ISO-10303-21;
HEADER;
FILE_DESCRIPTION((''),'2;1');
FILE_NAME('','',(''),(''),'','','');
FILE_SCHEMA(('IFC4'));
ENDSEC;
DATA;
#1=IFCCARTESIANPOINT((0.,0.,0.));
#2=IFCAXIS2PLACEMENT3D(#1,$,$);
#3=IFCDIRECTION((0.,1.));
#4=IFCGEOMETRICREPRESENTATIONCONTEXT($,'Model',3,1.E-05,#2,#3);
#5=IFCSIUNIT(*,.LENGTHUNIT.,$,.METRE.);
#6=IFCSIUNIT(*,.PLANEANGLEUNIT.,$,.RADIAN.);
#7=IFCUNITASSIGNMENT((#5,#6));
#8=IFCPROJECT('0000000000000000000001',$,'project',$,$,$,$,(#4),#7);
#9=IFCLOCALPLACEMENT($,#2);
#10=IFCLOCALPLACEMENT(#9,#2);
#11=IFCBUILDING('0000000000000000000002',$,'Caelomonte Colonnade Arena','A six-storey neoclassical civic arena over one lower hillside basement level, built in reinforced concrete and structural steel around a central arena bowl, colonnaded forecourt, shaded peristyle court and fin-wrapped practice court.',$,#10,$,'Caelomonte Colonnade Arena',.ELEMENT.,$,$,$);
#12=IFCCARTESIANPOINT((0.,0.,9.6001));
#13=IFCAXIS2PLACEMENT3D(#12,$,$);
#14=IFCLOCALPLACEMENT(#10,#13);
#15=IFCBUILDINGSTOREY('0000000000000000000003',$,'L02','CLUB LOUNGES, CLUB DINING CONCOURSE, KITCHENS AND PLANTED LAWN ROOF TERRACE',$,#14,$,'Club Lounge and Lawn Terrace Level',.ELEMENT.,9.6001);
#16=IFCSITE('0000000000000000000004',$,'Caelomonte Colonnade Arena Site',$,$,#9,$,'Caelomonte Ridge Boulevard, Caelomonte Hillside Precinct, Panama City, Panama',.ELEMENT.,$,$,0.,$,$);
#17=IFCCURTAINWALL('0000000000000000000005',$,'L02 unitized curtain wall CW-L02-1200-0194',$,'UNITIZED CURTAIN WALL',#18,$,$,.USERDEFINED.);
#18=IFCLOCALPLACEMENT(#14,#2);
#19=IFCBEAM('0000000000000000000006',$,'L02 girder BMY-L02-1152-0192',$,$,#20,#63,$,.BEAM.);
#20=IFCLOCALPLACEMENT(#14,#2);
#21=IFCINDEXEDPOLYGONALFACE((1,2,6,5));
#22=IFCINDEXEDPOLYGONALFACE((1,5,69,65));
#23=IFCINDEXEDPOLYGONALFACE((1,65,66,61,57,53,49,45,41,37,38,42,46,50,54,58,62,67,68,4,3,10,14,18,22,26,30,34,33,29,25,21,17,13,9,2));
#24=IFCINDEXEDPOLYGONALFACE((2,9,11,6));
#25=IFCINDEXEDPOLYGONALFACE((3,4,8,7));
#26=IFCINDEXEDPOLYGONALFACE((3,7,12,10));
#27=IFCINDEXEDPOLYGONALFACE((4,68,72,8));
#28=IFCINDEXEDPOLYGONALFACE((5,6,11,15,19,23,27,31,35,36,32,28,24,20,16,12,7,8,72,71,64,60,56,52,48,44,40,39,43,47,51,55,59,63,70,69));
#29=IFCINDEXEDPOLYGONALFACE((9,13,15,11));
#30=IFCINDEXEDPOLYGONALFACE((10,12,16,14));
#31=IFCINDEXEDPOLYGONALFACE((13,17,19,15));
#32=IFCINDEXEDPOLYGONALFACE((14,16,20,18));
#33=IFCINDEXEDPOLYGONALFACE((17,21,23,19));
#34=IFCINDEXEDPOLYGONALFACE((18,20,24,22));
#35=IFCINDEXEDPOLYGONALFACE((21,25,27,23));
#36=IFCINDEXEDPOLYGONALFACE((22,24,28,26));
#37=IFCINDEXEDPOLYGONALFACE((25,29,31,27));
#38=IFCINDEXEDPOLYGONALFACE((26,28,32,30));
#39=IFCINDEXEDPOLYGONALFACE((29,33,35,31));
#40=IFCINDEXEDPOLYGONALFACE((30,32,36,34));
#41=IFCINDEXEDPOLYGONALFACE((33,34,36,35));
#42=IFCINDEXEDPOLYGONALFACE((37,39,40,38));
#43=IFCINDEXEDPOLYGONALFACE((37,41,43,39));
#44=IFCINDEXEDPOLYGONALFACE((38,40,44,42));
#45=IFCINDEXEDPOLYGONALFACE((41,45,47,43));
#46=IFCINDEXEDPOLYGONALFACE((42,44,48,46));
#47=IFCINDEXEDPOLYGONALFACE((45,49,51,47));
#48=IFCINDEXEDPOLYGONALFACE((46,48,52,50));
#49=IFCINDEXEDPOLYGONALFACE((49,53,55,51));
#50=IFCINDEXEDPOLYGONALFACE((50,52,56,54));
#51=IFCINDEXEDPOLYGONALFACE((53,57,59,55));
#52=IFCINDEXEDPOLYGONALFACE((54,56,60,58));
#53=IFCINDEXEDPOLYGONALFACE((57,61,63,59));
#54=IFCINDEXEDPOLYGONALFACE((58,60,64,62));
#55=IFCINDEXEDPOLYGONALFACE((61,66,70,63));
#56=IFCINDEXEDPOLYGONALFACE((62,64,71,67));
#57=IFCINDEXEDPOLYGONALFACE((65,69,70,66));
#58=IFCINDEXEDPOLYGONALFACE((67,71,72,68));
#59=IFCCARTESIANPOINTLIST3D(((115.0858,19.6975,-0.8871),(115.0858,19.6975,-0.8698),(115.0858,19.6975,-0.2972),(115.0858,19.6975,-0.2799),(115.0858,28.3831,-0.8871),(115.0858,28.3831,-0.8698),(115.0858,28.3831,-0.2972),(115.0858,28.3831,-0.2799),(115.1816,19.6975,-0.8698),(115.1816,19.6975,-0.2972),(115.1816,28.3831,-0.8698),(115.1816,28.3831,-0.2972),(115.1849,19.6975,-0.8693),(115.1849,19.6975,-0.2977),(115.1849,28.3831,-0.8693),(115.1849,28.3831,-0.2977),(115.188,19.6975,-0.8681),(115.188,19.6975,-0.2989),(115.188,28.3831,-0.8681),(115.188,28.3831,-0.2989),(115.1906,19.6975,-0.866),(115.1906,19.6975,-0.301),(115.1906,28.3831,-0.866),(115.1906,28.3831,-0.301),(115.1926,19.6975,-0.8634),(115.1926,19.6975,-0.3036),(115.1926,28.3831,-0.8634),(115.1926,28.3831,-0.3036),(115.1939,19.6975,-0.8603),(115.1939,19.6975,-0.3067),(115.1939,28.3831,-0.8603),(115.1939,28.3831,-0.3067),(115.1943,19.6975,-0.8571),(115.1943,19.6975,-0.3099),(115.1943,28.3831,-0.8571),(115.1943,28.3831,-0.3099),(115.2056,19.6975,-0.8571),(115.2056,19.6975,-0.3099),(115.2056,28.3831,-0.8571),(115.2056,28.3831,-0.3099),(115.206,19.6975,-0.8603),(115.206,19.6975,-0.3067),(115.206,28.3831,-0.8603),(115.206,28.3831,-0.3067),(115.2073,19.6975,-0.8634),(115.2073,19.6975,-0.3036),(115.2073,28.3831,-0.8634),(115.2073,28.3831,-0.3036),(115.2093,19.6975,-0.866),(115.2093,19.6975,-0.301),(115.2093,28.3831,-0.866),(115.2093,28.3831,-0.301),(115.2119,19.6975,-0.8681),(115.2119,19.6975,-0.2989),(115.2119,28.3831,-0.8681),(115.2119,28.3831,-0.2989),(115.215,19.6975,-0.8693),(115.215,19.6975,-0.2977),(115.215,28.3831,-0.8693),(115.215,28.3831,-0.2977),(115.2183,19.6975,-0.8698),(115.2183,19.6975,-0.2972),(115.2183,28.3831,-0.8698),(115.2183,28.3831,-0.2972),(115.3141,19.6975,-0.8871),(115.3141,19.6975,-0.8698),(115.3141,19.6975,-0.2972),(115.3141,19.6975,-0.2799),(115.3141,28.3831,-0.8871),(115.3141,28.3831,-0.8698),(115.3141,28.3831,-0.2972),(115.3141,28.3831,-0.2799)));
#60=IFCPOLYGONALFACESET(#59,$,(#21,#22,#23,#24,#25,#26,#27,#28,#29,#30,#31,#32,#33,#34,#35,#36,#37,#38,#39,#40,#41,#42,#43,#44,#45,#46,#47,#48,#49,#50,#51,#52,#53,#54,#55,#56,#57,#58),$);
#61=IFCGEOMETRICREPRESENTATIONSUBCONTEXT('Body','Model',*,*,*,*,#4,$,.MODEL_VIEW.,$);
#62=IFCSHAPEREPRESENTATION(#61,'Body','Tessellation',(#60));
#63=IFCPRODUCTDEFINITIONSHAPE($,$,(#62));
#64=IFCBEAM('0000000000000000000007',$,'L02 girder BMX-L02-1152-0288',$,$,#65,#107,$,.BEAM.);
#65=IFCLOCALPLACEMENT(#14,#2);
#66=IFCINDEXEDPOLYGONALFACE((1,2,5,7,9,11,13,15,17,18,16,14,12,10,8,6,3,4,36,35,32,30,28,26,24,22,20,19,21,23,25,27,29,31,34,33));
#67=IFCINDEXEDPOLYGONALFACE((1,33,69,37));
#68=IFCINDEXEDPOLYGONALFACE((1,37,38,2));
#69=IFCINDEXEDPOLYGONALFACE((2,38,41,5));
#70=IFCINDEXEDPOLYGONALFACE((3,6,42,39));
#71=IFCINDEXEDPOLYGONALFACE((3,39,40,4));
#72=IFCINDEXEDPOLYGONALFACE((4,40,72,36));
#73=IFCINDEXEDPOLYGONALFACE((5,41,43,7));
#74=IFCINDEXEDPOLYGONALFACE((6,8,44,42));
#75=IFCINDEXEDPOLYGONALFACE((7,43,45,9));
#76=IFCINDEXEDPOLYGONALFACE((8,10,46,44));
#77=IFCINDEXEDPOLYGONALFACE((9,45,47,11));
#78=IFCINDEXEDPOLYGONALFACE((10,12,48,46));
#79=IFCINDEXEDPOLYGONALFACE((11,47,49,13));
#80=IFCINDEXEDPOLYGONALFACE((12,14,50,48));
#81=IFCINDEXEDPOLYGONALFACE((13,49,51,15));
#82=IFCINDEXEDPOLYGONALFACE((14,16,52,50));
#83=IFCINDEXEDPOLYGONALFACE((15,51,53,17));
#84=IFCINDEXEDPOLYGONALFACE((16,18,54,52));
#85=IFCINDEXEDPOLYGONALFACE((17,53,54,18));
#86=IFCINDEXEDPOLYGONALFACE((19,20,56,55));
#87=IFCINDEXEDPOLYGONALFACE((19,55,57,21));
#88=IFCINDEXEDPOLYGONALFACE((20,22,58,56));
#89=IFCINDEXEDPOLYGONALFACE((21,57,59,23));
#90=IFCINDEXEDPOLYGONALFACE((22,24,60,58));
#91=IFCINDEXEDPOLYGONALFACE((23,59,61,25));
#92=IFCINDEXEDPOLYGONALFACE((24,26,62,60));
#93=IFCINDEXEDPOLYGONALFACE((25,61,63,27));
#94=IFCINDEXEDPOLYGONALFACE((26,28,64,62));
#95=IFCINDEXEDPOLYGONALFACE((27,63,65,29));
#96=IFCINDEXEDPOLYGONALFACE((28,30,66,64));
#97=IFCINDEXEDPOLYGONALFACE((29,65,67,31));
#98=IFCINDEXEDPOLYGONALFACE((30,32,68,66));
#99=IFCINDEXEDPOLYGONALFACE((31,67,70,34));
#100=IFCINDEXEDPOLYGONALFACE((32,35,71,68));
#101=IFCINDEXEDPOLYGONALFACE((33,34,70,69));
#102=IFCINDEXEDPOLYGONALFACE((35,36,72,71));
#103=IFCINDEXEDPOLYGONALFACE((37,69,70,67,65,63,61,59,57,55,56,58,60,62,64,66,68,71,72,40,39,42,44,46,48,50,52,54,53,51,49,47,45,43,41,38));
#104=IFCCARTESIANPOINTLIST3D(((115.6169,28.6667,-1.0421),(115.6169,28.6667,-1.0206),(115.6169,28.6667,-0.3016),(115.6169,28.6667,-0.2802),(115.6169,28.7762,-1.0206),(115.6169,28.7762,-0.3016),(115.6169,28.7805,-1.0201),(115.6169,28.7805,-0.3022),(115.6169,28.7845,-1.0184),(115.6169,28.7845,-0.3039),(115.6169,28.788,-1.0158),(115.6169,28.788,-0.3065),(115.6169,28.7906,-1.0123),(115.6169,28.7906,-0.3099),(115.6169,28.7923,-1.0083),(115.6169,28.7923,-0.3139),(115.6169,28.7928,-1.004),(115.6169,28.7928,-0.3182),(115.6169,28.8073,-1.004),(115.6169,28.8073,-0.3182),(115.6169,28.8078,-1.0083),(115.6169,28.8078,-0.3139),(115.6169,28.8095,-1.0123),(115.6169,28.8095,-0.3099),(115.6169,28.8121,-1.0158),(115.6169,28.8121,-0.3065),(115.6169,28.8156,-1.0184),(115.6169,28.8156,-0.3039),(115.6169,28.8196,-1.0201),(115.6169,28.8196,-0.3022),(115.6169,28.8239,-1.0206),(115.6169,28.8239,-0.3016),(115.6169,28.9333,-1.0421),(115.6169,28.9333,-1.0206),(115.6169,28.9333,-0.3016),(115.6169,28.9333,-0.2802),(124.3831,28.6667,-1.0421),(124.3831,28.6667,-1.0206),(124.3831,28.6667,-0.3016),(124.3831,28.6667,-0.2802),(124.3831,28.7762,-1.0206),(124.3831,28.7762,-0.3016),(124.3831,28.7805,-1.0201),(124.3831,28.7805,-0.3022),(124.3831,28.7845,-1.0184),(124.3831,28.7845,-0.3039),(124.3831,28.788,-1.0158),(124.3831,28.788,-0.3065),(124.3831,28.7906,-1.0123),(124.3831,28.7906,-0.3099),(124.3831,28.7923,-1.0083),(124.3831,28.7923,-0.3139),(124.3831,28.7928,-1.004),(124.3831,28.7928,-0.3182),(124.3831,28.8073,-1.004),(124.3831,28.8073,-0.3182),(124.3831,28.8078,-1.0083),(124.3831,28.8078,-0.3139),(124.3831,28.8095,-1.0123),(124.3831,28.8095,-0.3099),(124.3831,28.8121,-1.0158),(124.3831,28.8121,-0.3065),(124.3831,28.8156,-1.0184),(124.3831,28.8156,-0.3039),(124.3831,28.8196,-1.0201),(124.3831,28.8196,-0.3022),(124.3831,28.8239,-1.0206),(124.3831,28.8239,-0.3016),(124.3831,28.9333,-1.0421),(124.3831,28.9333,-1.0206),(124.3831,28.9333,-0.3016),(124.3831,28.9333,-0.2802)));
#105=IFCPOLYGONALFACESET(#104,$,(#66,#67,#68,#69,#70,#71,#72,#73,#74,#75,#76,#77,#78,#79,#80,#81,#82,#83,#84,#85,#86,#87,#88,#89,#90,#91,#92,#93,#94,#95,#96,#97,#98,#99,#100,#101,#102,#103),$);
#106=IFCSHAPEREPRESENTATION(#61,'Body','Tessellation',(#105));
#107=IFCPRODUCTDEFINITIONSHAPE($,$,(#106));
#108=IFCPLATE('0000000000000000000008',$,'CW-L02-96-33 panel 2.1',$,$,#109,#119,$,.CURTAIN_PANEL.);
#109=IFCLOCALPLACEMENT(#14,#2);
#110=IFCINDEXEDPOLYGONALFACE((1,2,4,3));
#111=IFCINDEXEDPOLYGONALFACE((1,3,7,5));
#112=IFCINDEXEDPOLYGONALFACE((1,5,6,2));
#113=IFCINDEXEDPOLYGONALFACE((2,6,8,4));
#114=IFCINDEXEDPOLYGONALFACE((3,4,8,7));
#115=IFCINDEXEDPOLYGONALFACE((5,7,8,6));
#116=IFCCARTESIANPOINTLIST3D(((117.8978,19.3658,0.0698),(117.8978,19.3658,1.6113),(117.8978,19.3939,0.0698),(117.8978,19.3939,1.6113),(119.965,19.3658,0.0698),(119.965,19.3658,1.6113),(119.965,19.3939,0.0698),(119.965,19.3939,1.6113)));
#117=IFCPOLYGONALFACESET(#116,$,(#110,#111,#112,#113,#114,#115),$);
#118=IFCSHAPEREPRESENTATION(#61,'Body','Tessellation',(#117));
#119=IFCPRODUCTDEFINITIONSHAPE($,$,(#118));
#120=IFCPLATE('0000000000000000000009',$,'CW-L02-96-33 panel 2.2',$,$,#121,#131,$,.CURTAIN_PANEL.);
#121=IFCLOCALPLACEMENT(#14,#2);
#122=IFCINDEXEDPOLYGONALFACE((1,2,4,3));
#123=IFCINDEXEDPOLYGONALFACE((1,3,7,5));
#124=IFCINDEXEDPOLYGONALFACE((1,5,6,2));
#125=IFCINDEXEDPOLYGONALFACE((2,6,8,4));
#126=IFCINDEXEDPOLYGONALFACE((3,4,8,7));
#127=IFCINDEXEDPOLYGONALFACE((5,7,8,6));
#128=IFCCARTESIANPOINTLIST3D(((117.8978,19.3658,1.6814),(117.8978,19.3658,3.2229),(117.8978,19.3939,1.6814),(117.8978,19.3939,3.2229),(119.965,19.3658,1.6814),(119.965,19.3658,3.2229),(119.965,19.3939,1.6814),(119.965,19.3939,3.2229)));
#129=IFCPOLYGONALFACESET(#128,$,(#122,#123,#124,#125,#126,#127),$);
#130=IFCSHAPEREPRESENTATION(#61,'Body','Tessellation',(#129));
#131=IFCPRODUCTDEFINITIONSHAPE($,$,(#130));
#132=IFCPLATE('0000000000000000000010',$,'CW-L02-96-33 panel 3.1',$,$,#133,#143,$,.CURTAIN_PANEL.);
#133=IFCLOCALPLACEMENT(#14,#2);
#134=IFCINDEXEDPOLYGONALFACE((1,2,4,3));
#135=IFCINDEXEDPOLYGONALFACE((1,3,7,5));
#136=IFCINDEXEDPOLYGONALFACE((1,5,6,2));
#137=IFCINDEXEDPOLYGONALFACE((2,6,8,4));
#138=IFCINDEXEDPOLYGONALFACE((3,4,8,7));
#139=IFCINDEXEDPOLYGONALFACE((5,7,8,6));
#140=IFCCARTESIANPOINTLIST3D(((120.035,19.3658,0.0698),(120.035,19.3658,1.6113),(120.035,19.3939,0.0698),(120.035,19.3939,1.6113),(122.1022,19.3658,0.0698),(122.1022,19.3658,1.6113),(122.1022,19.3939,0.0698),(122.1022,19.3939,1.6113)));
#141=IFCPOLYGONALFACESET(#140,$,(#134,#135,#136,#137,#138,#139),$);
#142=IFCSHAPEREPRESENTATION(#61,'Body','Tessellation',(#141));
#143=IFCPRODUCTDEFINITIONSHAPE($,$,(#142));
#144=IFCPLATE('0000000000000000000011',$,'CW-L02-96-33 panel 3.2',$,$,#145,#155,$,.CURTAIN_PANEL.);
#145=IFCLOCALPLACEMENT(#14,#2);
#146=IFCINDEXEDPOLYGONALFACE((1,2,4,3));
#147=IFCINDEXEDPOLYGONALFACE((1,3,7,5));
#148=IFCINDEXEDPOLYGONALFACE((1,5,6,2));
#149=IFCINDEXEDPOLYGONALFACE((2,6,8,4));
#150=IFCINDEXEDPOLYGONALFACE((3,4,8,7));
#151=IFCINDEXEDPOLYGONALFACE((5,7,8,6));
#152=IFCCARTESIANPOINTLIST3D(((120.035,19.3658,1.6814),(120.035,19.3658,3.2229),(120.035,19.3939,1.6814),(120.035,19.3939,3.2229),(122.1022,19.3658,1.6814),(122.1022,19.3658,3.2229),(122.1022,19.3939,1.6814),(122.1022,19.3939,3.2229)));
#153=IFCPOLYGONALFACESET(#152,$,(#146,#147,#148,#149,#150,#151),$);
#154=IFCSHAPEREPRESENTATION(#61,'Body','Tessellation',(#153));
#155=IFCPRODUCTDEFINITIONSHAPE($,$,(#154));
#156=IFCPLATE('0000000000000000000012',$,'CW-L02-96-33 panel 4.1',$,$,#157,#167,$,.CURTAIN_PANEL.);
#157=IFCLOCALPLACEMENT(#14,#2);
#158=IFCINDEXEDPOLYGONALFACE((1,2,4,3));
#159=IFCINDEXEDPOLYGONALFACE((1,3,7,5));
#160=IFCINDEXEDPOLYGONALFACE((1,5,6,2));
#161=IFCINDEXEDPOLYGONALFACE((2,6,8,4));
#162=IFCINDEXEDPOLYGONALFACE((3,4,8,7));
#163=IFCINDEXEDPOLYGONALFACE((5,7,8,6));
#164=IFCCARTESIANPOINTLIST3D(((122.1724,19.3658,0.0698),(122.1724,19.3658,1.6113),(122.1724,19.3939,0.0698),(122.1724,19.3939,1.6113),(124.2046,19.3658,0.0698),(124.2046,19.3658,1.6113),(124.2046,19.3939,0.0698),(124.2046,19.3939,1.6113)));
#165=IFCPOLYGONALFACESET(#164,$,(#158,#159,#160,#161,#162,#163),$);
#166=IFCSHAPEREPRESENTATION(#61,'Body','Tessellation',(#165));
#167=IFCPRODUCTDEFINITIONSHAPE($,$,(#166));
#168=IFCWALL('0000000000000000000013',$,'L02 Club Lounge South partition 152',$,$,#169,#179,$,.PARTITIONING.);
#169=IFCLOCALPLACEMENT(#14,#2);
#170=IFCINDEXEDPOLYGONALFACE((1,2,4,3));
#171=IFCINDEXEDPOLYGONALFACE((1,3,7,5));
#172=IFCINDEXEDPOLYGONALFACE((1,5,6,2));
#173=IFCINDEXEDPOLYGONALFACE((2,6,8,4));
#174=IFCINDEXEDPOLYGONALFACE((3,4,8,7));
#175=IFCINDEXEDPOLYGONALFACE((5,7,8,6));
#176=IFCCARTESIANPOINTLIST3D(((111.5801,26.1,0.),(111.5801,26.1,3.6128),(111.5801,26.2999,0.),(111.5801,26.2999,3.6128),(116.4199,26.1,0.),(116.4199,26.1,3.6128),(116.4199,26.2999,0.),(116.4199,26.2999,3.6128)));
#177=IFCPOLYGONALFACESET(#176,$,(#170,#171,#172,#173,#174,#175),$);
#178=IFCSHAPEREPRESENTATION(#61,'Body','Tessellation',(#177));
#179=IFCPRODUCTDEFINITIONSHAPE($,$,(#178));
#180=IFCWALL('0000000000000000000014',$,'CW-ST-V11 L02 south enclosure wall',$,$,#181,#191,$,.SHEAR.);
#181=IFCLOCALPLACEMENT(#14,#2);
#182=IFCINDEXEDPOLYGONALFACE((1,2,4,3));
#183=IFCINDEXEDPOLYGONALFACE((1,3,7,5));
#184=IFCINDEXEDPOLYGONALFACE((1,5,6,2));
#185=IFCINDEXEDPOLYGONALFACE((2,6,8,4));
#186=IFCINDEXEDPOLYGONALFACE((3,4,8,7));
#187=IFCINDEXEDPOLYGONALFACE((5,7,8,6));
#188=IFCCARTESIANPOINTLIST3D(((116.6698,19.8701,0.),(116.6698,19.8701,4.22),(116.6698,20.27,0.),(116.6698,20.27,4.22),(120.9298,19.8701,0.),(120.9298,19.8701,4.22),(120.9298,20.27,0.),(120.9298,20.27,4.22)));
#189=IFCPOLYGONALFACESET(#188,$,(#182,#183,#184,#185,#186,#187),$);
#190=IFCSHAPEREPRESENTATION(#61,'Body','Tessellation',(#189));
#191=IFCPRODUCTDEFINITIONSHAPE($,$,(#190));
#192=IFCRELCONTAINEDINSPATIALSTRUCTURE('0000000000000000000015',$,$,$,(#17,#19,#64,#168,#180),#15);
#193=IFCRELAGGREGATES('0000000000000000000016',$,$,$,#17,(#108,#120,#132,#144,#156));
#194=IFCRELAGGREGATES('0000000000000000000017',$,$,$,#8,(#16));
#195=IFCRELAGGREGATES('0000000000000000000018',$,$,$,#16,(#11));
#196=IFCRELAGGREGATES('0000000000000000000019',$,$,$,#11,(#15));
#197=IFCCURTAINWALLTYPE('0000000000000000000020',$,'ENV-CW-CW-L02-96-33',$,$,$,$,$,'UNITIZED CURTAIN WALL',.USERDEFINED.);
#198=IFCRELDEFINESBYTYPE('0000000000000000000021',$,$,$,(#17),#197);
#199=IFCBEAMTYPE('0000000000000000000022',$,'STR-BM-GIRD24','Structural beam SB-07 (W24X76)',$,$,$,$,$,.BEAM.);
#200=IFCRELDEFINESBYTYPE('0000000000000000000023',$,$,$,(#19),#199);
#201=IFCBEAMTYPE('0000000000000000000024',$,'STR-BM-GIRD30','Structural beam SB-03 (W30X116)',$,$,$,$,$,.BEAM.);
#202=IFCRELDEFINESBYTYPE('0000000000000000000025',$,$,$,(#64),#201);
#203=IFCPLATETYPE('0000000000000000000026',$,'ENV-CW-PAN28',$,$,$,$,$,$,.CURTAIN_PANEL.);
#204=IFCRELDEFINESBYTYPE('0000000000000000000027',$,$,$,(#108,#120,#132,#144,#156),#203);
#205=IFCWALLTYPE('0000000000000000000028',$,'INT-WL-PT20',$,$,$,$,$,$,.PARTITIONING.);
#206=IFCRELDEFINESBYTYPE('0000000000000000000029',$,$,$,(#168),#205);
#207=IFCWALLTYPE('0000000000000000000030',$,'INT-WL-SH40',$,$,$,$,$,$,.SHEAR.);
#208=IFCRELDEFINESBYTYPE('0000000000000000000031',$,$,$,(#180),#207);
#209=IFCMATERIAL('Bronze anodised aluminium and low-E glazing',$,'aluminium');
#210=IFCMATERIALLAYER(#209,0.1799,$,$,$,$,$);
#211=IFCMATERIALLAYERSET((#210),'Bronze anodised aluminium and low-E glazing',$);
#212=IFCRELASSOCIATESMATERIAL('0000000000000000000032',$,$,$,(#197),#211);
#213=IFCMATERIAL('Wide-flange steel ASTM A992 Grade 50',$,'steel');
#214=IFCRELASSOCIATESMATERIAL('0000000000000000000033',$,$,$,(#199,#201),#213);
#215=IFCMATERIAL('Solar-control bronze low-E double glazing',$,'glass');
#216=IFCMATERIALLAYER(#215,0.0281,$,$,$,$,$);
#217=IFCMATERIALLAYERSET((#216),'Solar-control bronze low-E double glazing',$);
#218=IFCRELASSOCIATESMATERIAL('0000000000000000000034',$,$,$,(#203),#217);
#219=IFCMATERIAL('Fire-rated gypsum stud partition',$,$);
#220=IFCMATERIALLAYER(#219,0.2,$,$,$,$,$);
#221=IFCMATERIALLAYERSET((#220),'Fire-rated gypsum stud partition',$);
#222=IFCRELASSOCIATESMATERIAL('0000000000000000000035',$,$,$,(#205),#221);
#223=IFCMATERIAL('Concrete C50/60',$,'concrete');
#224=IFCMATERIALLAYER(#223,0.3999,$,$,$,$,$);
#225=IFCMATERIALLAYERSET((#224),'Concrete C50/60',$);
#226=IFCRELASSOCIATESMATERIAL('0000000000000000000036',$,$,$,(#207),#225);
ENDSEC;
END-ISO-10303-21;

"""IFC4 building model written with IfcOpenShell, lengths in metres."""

from ifc_helpers import new_model, si_unit, direction, frame, frame_2d, origin, origin_2d, place, context, subcontext, project, spatial, rectangle, i_section, extrude, material, layer, layer_set, material_profile, profile_set, type_object, element, aggregate, save


model = new_model("IFC4")

# Units and contexts
model_context = context("Model", 3, precision=1e-05, world=origin(), true_north=direction((0.0, 1.0)))
body_context = subcontext(model_context, "Body", "Model", "MODEL_VIEW")
ifc_project = project(units=[si_unit("LENGTHUNIT", "METRE"), si_unit("PLANEANGLEUNIT", "RADIAN")], contexts=[model_context])

# Site, building, storey
site_placement = place(None, origin())
site = spatial("IfcSite", under=ifc_project, at=site_placement, Name="Caelomonte Colonnade Arena Site", LongName="Caelomonte Ridge Boulevard, Caelomonte Hillside Precinct, Panama City, Panama", CompositionType="ELEMENT", RefElevation=0.0)
building_placement = place(site_placement, origin())
building = spatial("IfcBuilding", under=site, at=building_placement, Name="Caelomonte Colonnade Arena", Description="A six-storey neoclassical civic arena over one lower hillside basement level, built in reinforced concrete and structural steel around a central arena bowl, colonnaded forecourt, shaded peristyle court and fin-wrapped practice court.", LongName="Caelomonte Colonnade Arena", CompositionType="ELEMENT")
storey_placement = place(building_placement, frame((0.0, 0.0, 9.6001)))
storey = spatial("IfcBuildingStorey", under=building, at=storey_placement, Name="L02", Description="CLUB LOUNGES, CLUB DINING CONCOURSE, KITCHENS AND PLANTED LAWN ROOF TERRACE", LongName="Club Lounge and Lawn Terrace Level", CompositionType="ELEMENT", Elevation=9.6001)

# Shared definitions
ifc_material_1 = material(Name="Concrete C50/60", Category="concrete")

# Curtain wall
ifc_material_2 = material(Name="Bronze anodised aluminium and low-E glazing", Category="aluminium")
ifc_layer_1 = layer(ifc_material_2, 0.1799)
ifc_layer_set_1 = layer_set([ifc_layer_1], Name="Bronze anodised aluminium and low-E glazing")
curtain_wall_type = type_object("IfcCurtainWallType", Name="ENV-CW-CW-L02-96-33", ElementType="UNITIZED CURTAIN WALL", PredefinedType="USERDEFINED", material=ifc_layer_set_1)
curtain_wall_placement = place(storey_placement, origin())
curtain_wall = element("IfcCurtainWall", 1, at=curtain_wall_placement, inside=storey, type_object=curtain_wall_type, Name="L02 unitized curtain wall CW-L02-1200-0194", ObjectType="UNITIZED CURTAIN WALL", PredefinedType="USERDEFINED")

# Beams
ifc_material_3 = material(Name="Wide-flange steel ASTM A992 Grade 50", Category="steel")
ifc_material_profile_1 = material_profile(ifc_material_3, i_section(OverallWidth=0.2283, OverallDepth=0.6072, WebThickness=0.0112, FlangeThickness=0.0173, FilletRadius=0.0127, at=origin_2d()), Name="W24X76")
ifc_profile_set_1 = profile_set([ifc_material_profile_1], Name="Wide-flange steel ASTM A992 Grade 50")
beam_type_1 = type_object("IfcBeamType", Name="STR-BM-GIRD24", Description="Structural beam SB-07 (W24X76)", PredefinedType="BEAM", material=ifc_profile_set_1)
beam_1_placement = place(storey_placement, frame((115.2, 19.6975, -0.5835), z_axis=(0.0, 1.0, 0.0), x_axis=(-1.0, 0.0, 0.0)))
element("IfcBeam", 2, at=beam_1_placement, inside=storey, type_object=beam_type_1, Name="L02 girder BMY-L02-1152-0192", PredefinedType="BEAM", context=body_context, shape_type="SweptSolid", body=[
    extrude(i_section(OverallWidth=0.2283, OverallDepth=0.6072, WebThickness=0.0112, FlangeThickness=0.0173, FilletRadius=0.0127, at=origin_2d()), origin(), (0.0, 0.0, 1.0), 8.6855),
])
ifc_material_profile_2 = material_profile(ifc_material_3, i_section(OverallWidth=0.2666, OverallDepth=0.762, WebThickness=0.0144, FlangeThickness=0.0215, FilletRadius=0.0166, at=origin_2d()), Name="W30X116")
ifc_profile_set_2 = profile_set([ifc_material_profile_2], Name="Wide-flange steel ASTM A992 Grade 50")
beam_type_2 = type_object("IfcBeamType", Name="STR-BM-GIRD30", Description="Structural beam SB-03 (W30X116)", PredefinedType="BEAM", material=ifc_profile_set_2)
beam_2_placement = place(storey_placement, frame((115.6169, 28.8, -0.6611), z_axis=(1.0, 0.0, 0.0), x_axis=(0.0, 1.0, 0.0)))
element("IfcBeam", 3, at=beam_2_placement, inside=storey, type_object=beam_type_2, Name="L02 girder BMX-L02-1152-0288", PredefinedType="BEAM", context=body_context, shape_type="SweptSolid", body=[
    extrude(i_section(OverallWidth=0.2666, OverallDepth=0.762, WebThickness=0.0144, FlangeThickness=0.0215, FilletRadius=0.0166, at=origin_2d()), origin(), (0.0, 0.0, 1.0), 8.7661),
])

# Plates
ifc_material_4 = material(Name="Solar-control bronze low-E double glazing", Category="glass")
ifc_layer_2 = layer(ifc_material_4, 0.0281)
ifc_layer_set_2 = layer_set([ifc_layer_2], Name="Solar-control bronze low-E double glazing")
plate_type = type_object("IfcPlateType", Name="ENV-CW-PAN28", PredefinedType="CURTAIN_PANEL", material=ifc_layer_set_2)
plate_1_placement = place(storey_placement, frame((118.9314, 19.3799, 0.0698), z_axis=(0.0, 0.0, 1.0), x_axis=(1.0, 0.0, 0.0)))
plate_1 = element("IfcPlate", 4, at=plate_1_placement, type_object=plate_type, Name="CW-L02-96-33 panel 2.1", PredefinedType="CURTAIN_PANEL", context=body_context, shape_type="SweptSolid", body=[
    extrude(rectangle(XDim=2.0671, YDim=0.0281, at=origin_2d()), origin(), (0.0, 0.0, 1.0), 1.5415),
])
plate_2_placement = place(storey_placement, frame((118.9314, 19.3799, 1.6814), z_axis=(0.0, 0.0, 1.0), x_axis=(1.0, 0.0, 0.0)))
plate_2 = element("IfcPlate", 5, at=plate_2_placement, type_object=plate_type, Name="CW-L02-96-33 panel 2.2", PredefinedType="CURTAIN_PANEL", context=body_context, shape_type="SweptSolid", body=[
    extrude(rectangle(XDim=2.0671, YDim=0.0281, at=origin_2d()), origin(), (0.0, 0.0, 1.0), 1.5415),
])
plate_3_placement = place(storey_placement, frame((121.0686, 19.3799, 0.0698), z_axis=(0.0, 0.0, 1.0), x_axis=(1.0, 0.0, 0.0)))
plate_3 = element("IfcPlate", 6, at=plate_3_placement, type_object=plate_type, Name="CW-L02-96-33 panel 3.1", PredefinedType="CURTAIN_PANEL", context=body_context, shape_type="SweptSolid", body=[
    extrude(rectangle(XDim=2.0671, YDim=0.0281, at=origin_2d()), origin(), (0.0, 0.0, 1.0), 1.5415),
])
plate_4_placement = place(storey_placement, frame((121.0686, 19.3799, 1.6814), z_axis=(0.0, 0.0, 1.0), x_axis=(1.0, 0.0, 0.0)))
plate_4 = element("IfcPlate", 7, at=plate_4_placement, type_object=plate_type, Name="CW-L02-96-33 panel 3.2", PredefinedType="CURTAIN_PANEL", context=body_context, shape_type="SweptSolid", body=[
    extrude(rectangle(XDim=2.0671, YDim=0.0281, at=origin_2d()), origin(), (0.0, 0.0, 1.0), 1.5415),
])
plate_5_placement = place(storey_placement, frame((123.1885, 19.3799, 0.0698), z_axis=(0.0, 0.0, 1.0), x_axis=(1.0, 0.0, 0.0)))
plate_5 = element("IfcPlate", 8, at=plate_5_placement, type_object=plate_type, Name="CW-L02-96-33 panel 4.1", PredefinedType="CURTAIN_PANEL", context=body_context, shape_type="SweptSolid", body=[
    extrude(rectangle(XDim=2.0322, YDim=0.0281, at=origin_2d()), origin(), (0.0, 0.0, 1.0), 1.5415),
])
aggregate(curtain_wall, [plate_1, plate_2, plate_3, plate_4, plate_5])

# Walls
ifc_material_5 = material(Name="Fire-rated gypsum stud partition")
ifc_layer_3 = layer(ifc_material_5, 0.2)
ifc_layer_set_3 = layer_set([ifc_layer_3], Name="Fire-rated gypsum stud partition")
wall_type_1 = type_object("IfcWallType", Name="INT-WL-PT20", PredefinedType="PARTITIONING", material=ifc_layer_set_3)
wall_placement = place(storey_placement, frame((116.4199, 26.2, 0.0), z_axis=(0.0, 0.0, 1.0), x_axis=(-1.0, 0.0, 0.0)))
element("IfcWall", 9, at=wall_placement, inside=storey, type_object=wall_type_1, Name="L02 Club Lounge South partition 152", PredefinedType="PARTITIONING", context=body_context, shape_type="SweptSolid", body=[
    extrude(rectangle(XDim=4.8398, YDim=0.2, at=frame_2d((2.4199, 0.0))), origin(), (0.0, 0.0, 1.0), 3.6128),
])
ifc_layer_4 = layer(ifc_material_1, 0.3999)
ifc_layer_set_4 = layer_set([ifc_layer_4], Name="Concrete C50/60")
wall_type_2 = type_object("IfcWallType", Name="INT-WL-SH40", PredefinedType="SHEAR", material=ifc_layer_set_4)
for number, where, z_axis, x_axis, name in (
    (10, (116.6699, 20.0701, 0.0), (0.0, 0.0, 1.0), (1.0, 0.0, 0.0), "CW-ST-V11 L02 south enclosure wall"),
):
    element("IfcWall", number, at=place(storey_placement, frame(where, z_axis=z_axis, x_axis=x_axis)), inside=storey, type_object=wall_type_2, Name=name, PredefinedType="SHEAR", context=body_context, shape_type="SweptSolid", body=[
        extrude(rectangle(XDim=4.26, YDim=0.3999, at=frame_2d((2.1299, 0.0))), origin(), (0.0, 0.0, 1.0), 4.22),
    ])

save(model, "model.ifc")
